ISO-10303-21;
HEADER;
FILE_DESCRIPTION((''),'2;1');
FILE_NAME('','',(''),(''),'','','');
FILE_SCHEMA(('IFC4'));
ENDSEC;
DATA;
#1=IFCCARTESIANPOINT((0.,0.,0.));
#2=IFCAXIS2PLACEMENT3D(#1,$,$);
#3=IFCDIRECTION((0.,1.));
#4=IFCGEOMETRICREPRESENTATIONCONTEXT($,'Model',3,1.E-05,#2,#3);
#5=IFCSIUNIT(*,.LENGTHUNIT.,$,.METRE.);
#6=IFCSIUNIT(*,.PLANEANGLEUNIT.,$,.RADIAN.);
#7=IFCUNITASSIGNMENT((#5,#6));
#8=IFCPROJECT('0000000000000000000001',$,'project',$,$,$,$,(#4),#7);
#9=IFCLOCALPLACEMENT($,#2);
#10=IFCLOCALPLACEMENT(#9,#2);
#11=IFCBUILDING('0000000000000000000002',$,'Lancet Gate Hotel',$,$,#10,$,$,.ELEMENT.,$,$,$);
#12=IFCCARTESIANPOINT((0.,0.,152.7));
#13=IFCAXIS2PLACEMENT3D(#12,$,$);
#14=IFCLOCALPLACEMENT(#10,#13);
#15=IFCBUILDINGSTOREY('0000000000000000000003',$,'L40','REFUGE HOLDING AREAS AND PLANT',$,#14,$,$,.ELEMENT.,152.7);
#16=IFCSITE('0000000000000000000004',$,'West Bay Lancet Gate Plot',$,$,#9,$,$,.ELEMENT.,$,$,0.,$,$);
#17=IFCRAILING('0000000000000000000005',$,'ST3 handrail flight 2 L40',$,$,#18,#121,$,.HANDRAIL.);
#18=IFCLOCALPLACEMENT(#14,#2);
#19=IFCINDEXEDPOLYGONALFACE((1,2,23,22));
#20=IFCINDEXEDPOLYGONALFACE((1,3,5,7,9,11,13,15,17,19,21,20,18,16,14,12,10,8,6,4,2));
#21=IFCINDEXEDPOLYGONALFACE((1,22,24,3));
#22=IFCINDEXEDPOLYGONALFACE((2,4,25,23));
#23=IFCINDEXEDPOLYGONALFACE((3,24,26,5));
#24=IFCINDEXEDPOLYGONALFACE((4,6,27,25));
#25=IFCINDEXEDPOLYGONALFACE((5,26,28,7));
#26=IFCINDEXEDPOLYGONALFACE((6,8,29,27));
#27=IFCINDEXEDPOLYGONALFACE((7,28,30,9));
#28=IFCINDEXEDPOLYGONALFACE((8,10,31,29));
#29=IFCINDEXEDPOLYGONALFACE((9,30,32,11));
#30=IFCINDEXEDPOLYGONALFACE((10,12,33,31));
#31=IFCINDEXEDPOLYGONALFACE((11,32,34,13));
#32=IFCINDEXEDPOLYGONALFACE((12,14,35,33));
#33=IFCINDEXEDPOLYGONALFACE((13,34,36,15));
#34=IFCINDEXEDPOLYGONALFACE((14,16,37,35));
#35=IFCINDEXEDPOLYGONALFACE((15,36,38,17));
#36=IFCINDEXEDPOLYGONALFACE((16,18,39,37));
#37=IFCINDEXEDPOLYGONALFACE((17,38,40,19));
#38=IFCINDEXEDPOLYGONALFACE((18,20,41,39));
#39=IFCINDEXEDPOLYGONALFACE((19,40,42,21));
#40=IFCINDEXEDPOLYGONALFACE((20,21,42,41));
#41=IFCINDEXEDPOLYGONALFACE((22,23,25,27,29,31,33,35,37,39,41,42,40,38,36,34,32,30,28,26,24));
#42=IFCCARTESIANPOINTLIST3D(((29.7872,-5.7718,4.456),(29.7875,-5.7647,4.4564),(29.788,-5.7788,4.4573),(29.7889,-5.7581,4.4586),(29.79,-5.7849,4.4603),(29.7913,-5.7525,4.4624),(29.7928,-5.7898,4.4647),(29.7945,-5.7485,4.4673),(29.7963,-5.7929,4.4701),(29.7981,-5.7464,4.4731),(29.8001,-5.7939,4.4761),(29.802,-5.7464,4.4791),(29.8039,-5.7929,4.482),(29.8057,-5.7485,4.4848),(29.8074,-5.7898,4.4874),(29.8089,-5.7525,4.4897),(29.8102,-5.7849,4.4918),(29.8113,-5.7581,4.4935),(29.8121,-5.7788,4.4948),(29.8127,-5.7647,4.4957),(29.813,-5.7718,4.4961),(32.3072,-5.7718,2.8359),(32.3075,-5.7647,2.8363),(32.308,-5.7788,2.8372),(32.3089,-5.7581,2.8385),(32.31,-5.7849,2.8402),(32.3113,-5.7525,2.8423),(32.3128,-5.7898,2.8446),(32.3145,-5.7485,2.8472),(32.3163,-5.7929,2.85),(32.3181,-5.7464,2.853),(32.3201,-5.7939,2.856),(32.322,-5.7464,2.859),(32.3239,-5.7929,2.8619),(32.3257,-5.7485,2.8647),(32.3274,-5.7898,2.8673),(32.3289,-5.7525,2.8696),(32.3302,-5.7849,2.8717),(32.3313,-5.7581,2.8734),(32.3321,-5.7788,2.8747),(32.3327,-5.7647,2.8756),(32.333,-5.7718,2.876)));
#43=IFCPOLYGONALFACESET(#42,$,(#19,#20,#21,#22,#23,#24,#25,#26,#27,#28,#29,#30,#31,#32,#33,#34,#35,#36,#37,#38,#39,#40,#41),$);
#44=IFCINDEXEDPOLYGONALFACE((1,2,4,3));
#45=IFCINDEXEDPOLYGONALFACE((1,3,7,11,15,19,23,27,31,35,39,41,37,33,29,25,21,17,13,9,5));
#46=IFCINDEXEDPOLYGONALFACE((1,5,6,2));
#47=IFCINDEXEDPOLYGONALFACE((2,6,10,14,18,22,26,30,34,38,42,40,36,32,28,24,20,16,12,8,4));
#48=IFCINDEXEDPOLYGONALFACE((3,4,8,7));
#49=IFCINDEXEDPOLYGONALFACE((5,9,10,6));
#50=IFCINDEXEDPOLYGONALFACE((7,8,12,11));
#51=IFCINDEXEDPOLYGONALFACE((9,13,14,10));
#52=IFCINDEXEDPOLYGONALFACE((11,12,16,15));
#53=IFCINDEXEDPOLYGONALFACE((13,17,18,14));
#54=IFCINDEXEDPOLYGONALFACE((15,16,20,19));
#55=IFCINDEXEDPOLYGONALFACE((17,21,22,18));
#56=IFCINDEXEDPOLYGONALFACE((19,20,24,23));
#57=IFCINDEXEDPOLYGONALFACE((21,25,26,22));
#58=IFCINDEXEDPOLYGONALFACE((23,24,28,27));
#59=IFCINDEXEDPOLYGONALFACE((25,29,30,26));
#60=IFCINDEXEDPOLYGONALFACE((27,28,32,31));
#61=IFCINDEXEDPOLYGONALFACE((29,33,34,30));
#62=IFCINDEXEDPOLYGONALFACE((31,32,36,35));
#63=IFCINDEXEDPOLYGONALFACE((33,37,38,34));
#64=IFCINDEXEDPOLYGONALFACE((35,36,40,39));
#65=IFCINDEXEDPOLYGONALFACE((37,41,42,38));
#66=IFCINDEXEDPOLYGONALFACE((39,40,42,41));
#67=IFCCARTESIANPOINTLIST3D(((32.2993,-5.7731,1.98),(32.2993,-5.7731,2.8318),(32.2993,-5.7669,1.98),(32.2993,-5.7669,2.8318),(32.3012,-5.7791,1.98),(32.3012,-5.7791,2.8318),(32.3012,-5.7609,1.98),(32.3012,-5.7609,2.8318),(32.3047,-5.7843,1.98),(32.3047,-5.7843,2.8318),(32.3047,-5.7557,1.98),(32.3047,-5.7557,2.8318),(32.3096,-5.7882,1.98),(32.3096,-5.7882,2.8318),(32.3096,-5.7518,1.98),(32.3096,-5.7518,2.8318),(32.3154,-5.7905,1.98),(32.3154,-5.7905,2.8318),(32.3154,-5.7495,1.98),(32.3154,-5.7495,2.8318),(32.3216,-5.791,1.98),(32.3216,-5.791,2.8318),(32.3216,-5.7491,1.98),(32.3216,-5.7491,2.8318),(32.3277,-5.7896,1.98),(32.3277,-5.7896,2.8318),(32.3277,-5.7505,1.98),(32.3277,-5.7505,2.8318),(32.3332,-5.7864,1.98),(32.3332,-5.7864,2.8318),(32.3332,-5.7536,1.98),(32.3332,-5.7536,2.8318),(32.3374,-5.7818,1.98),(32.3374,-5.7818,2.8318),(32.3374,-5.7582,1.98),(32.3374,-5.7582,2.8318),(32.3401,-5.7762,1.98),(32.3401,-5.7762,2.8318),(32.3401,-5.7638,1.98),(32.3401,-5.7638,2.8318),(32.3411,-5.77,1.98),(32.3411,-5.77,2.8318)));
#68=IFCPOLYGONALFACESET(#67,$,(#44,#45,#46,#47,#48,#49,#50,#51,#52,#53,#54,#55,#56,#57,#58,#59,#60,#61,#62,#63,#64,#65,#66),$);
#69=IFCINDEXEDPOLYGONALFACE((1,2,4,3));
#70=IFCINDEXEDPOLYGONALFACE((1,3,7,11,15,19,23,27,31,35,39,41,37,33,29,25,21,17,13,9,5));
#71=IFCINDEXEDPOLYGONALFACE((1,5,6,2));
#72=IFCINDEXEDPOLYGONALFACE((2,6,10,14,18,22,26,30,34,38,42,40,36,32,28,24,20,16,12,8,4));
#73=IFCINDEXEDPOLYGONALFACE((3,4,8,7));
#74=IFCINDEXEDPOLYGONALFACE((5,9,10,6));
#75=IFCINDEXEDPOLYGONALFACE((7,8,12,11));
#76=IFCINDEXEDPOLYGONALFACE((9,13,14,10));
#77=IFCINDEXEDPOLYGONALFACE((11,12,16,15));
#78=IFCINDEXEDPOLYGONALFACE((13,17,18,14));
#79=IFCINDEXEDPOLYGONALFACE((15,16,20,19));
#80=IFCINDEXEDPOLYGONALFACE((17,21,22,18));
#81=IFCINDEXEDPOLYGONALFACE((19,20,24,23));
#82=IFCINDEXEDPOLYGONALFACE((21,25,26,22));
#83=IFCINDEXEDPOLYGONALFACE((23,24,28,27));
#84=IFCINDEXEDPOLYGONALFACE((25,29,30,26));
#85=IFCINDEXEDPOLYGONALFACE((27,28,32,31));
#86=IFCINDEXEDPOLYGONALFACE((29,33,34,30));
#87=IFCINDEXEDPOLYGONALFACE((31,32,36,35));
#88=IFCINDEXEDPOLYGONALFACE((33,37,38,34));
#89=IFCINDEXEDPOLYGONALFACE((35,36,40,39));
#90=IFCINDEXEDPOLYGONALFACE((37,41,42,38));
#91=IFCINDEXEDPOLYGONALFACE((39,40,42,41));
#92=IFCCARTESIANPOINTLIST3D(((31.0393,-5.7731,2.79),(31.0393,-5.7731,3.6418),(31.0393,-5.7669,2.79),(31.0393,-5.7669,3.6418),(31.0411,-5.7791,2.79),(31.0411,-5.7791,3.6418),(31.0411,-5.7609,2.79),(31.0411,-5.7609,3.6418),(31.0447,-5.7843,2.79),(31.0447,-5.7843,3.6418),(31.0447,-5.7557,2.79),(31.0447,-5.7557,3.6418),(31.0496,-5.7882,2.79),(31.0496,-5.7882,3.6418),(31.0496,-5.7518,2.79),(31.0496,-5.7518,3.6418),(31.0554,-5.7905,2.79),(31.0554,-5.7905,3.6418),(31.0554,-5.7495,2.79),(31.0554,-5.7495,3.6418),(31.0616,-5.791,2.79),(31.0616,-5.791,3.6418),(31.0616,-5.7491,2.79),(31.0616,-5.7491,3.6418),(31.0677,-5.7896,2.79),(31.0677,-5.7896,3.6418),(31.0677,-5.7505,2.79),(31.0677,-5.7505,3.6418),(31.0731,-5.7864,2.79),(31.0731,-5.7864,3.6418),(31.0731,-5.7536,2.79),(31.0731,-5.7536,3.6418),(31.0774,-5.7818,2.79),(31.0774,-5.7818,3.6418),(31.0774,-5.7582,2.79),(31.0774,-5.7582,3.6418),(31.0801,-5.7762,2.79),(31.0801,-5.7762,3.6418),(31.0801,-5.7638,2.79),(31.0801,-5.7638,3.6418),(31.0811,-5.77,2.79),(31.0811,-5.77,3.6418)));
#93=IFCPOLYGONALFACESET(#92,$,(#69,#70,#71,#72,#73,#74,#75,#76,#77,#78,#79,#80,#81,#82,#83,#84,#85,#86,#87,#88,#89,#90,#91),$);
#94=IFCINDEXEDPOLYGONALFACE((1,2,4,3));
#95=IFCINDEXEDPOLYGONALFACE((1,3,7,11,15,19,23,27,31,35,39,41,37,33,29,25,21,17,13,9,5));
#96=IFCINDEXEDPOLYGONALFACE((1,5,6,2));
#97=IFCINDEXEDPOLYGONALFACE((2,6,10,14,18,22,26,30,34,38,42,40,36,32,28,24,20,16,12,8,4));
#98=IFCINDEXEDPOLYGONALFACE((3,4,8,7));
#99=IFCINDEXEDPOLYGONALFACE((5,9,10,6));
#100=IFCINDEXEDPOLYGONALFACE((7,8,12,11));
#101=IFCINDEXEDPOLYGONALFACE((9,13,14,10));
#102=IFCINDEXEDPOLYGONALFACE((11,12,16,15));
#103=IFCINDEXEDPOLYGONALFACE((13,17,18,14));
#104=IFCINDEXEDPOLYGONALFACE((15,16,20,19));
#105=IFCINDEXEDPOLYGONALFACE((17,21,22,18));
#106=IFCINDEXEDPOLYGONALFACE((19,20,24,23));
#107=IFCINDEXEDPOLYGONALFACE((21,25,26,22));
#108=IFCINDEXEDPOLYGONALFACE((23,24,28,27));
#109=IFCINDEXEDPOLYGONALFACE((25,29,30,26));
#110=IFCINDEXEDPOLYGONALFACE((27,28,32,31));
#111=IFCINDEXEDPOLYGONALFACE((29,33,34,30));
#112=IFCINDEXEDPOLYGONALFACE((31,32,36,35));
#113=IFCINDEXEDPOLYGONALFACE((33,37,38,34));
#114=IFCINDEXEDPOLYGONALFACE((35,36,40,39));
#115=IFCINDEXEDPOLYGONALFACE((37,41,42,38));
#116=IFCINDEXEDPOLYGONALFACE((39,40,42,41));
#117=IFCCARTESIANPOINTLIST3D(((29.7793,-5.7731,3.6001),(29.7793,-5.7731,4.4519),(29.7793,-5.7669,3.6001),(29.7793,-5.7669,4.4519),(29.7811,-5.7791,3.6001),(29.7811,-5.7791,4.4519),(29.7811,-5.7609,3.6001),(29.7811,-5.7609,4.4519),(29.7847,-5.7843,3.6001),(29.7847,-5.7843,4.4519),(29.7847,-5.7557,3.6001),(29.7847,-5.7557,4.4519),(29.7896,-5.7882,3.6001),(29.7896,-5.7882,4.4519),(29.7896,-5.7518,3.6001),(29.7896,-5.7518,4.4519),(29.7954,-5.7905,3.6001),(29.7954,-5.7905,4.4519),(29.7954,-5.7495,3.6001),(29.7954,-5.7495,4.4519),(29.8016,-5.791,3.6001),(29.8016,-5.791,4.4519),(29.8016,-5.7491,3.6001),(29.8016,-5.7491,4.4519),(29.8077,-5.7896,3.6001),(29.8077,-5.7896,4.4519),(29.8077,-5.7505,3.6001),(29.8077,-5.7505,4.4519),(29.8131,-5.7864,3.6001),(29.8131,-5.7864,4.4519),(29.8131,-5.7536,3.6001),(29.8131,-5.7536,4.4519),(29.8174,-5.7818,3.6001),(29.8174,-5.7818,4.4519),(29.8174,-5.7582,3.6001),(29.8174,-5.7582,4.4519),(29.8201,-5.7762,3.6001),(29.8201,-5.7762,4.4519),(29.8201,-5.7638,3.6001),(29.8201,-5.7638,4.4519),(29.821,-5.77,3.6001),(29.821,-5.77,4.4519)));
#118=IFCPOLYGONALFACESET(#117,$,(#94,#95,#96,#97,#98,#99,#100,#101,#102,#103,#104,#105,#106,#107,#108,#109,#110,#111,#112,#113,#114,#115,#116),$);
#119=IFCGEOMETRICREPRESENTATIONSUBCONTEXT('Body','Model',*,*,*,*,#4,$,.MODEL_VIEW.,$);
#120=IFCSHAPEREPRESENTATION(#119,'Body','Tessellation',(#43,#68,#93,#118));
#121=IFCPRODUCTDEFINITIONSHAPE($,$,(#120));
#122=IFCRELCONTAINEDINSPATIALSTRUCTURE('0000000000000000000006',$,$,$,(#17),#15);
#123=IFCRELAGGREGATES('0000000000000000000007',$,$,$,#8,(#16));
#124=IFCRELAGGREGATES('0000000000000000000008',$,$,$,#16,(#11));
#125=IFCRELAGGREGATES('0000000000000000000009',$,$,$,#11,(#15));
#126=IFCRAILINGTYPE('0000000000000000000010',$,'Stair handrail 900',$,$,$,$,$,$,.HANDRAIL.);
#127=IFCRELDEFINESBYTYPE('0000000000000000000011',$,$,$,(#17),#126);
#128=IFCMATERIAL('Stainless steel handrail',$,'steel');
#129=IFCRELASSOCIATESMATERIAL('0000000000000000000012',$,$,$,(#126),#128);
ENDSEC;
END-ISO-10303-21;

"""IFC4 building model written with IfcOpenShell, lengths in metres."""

from ifc_helpers import new_model, si_unit, direction, frame, origin, origin_2d, place, context, subcontext, project, spatial, circle, extrude, material, type_object, element, save


model = new_model("IFC4")

# Units and contexts
model_context = context("Model", 3, precision=1e-05, world=origin(), true_north=direction((0.0, 1.0)))
body_context = subcontext(model_context, "Body", "Model", "MODEL_VIEW")
ifc_project = project(units=[si_unit("LENGTHUNIT", "METRE"), si_unit("PLANEANGLEUNIT", "RADIAN")], contexts=[model_context])

# Site, building, storey
site_placement = place(None, origin())
site = spatial("IfcSite", under=ifc_project, at=site_placement, Name="West Bay Lancet Gate Plot", CompositionType="ELEMENT", RefElevation=0.0)
building_placement = place(site_placement, origin())
building = spatial("IfcBuilding", under=site, at=building_placement, Name="Lancet Gate Hotel", CompositionType="ELEMENT")
storey_placement = place(building_placement, frame((0.0, 0.0, 152.7)))
storey = spatial("IfcBuildingStorey", under=building, at=storey_placement, Name="L40", Description="REFUGE HOLDING AREAS AND PLANT", CompositionType="ELEMENT", Elevation=152.7)

# Railing
ifc_material_1 = material(Name="Stainless steel handrail", Category="steel")
railing_type = type_object("IfcRailingType", Name="Stair handrail 900", PredefinedType="HANDRAIL", material=ifc_material_1)
railing_1_placement = place(storey_placement, frame((32.3201, -5.77, 1.98)))
element("IfcRailing", 1, at=railing_1_placement, inside=storey, type_object=railing_type, Name="ST3 handrail flight 2 L40", PredefinedType="HANDRAIL", context=body_context, shape_type="SweptSolid", body=[
    extrude(circle(Radius=0.0239, at=origin_2d()), frame((0.0, 0.0, 0.876), z_axis=(-0.841163, 0.0, 0.540782), x_axis=(0.0, -1.0, 0.0)), (0.0, 0.0, 1.0), 2.9958),
    extrude(circle(Radius=0.021, at=origin_2d()), origin(), (0.0, 0.0, 1.0), 0.8518),
    extrude(circle(Radius=0.021, at=origin_2d()), frame((-1.26, 0.0, 0.8101)), (0.0, 0.0, 1.0), 0.8518),
    extrude(circle(Radius=0.021, at=origin_2d()), frame((-2.52, 0.0, 1.6201)), (0.0, 0.0, 1.0), 0.8518),
])

save(model, "model.ifc")
